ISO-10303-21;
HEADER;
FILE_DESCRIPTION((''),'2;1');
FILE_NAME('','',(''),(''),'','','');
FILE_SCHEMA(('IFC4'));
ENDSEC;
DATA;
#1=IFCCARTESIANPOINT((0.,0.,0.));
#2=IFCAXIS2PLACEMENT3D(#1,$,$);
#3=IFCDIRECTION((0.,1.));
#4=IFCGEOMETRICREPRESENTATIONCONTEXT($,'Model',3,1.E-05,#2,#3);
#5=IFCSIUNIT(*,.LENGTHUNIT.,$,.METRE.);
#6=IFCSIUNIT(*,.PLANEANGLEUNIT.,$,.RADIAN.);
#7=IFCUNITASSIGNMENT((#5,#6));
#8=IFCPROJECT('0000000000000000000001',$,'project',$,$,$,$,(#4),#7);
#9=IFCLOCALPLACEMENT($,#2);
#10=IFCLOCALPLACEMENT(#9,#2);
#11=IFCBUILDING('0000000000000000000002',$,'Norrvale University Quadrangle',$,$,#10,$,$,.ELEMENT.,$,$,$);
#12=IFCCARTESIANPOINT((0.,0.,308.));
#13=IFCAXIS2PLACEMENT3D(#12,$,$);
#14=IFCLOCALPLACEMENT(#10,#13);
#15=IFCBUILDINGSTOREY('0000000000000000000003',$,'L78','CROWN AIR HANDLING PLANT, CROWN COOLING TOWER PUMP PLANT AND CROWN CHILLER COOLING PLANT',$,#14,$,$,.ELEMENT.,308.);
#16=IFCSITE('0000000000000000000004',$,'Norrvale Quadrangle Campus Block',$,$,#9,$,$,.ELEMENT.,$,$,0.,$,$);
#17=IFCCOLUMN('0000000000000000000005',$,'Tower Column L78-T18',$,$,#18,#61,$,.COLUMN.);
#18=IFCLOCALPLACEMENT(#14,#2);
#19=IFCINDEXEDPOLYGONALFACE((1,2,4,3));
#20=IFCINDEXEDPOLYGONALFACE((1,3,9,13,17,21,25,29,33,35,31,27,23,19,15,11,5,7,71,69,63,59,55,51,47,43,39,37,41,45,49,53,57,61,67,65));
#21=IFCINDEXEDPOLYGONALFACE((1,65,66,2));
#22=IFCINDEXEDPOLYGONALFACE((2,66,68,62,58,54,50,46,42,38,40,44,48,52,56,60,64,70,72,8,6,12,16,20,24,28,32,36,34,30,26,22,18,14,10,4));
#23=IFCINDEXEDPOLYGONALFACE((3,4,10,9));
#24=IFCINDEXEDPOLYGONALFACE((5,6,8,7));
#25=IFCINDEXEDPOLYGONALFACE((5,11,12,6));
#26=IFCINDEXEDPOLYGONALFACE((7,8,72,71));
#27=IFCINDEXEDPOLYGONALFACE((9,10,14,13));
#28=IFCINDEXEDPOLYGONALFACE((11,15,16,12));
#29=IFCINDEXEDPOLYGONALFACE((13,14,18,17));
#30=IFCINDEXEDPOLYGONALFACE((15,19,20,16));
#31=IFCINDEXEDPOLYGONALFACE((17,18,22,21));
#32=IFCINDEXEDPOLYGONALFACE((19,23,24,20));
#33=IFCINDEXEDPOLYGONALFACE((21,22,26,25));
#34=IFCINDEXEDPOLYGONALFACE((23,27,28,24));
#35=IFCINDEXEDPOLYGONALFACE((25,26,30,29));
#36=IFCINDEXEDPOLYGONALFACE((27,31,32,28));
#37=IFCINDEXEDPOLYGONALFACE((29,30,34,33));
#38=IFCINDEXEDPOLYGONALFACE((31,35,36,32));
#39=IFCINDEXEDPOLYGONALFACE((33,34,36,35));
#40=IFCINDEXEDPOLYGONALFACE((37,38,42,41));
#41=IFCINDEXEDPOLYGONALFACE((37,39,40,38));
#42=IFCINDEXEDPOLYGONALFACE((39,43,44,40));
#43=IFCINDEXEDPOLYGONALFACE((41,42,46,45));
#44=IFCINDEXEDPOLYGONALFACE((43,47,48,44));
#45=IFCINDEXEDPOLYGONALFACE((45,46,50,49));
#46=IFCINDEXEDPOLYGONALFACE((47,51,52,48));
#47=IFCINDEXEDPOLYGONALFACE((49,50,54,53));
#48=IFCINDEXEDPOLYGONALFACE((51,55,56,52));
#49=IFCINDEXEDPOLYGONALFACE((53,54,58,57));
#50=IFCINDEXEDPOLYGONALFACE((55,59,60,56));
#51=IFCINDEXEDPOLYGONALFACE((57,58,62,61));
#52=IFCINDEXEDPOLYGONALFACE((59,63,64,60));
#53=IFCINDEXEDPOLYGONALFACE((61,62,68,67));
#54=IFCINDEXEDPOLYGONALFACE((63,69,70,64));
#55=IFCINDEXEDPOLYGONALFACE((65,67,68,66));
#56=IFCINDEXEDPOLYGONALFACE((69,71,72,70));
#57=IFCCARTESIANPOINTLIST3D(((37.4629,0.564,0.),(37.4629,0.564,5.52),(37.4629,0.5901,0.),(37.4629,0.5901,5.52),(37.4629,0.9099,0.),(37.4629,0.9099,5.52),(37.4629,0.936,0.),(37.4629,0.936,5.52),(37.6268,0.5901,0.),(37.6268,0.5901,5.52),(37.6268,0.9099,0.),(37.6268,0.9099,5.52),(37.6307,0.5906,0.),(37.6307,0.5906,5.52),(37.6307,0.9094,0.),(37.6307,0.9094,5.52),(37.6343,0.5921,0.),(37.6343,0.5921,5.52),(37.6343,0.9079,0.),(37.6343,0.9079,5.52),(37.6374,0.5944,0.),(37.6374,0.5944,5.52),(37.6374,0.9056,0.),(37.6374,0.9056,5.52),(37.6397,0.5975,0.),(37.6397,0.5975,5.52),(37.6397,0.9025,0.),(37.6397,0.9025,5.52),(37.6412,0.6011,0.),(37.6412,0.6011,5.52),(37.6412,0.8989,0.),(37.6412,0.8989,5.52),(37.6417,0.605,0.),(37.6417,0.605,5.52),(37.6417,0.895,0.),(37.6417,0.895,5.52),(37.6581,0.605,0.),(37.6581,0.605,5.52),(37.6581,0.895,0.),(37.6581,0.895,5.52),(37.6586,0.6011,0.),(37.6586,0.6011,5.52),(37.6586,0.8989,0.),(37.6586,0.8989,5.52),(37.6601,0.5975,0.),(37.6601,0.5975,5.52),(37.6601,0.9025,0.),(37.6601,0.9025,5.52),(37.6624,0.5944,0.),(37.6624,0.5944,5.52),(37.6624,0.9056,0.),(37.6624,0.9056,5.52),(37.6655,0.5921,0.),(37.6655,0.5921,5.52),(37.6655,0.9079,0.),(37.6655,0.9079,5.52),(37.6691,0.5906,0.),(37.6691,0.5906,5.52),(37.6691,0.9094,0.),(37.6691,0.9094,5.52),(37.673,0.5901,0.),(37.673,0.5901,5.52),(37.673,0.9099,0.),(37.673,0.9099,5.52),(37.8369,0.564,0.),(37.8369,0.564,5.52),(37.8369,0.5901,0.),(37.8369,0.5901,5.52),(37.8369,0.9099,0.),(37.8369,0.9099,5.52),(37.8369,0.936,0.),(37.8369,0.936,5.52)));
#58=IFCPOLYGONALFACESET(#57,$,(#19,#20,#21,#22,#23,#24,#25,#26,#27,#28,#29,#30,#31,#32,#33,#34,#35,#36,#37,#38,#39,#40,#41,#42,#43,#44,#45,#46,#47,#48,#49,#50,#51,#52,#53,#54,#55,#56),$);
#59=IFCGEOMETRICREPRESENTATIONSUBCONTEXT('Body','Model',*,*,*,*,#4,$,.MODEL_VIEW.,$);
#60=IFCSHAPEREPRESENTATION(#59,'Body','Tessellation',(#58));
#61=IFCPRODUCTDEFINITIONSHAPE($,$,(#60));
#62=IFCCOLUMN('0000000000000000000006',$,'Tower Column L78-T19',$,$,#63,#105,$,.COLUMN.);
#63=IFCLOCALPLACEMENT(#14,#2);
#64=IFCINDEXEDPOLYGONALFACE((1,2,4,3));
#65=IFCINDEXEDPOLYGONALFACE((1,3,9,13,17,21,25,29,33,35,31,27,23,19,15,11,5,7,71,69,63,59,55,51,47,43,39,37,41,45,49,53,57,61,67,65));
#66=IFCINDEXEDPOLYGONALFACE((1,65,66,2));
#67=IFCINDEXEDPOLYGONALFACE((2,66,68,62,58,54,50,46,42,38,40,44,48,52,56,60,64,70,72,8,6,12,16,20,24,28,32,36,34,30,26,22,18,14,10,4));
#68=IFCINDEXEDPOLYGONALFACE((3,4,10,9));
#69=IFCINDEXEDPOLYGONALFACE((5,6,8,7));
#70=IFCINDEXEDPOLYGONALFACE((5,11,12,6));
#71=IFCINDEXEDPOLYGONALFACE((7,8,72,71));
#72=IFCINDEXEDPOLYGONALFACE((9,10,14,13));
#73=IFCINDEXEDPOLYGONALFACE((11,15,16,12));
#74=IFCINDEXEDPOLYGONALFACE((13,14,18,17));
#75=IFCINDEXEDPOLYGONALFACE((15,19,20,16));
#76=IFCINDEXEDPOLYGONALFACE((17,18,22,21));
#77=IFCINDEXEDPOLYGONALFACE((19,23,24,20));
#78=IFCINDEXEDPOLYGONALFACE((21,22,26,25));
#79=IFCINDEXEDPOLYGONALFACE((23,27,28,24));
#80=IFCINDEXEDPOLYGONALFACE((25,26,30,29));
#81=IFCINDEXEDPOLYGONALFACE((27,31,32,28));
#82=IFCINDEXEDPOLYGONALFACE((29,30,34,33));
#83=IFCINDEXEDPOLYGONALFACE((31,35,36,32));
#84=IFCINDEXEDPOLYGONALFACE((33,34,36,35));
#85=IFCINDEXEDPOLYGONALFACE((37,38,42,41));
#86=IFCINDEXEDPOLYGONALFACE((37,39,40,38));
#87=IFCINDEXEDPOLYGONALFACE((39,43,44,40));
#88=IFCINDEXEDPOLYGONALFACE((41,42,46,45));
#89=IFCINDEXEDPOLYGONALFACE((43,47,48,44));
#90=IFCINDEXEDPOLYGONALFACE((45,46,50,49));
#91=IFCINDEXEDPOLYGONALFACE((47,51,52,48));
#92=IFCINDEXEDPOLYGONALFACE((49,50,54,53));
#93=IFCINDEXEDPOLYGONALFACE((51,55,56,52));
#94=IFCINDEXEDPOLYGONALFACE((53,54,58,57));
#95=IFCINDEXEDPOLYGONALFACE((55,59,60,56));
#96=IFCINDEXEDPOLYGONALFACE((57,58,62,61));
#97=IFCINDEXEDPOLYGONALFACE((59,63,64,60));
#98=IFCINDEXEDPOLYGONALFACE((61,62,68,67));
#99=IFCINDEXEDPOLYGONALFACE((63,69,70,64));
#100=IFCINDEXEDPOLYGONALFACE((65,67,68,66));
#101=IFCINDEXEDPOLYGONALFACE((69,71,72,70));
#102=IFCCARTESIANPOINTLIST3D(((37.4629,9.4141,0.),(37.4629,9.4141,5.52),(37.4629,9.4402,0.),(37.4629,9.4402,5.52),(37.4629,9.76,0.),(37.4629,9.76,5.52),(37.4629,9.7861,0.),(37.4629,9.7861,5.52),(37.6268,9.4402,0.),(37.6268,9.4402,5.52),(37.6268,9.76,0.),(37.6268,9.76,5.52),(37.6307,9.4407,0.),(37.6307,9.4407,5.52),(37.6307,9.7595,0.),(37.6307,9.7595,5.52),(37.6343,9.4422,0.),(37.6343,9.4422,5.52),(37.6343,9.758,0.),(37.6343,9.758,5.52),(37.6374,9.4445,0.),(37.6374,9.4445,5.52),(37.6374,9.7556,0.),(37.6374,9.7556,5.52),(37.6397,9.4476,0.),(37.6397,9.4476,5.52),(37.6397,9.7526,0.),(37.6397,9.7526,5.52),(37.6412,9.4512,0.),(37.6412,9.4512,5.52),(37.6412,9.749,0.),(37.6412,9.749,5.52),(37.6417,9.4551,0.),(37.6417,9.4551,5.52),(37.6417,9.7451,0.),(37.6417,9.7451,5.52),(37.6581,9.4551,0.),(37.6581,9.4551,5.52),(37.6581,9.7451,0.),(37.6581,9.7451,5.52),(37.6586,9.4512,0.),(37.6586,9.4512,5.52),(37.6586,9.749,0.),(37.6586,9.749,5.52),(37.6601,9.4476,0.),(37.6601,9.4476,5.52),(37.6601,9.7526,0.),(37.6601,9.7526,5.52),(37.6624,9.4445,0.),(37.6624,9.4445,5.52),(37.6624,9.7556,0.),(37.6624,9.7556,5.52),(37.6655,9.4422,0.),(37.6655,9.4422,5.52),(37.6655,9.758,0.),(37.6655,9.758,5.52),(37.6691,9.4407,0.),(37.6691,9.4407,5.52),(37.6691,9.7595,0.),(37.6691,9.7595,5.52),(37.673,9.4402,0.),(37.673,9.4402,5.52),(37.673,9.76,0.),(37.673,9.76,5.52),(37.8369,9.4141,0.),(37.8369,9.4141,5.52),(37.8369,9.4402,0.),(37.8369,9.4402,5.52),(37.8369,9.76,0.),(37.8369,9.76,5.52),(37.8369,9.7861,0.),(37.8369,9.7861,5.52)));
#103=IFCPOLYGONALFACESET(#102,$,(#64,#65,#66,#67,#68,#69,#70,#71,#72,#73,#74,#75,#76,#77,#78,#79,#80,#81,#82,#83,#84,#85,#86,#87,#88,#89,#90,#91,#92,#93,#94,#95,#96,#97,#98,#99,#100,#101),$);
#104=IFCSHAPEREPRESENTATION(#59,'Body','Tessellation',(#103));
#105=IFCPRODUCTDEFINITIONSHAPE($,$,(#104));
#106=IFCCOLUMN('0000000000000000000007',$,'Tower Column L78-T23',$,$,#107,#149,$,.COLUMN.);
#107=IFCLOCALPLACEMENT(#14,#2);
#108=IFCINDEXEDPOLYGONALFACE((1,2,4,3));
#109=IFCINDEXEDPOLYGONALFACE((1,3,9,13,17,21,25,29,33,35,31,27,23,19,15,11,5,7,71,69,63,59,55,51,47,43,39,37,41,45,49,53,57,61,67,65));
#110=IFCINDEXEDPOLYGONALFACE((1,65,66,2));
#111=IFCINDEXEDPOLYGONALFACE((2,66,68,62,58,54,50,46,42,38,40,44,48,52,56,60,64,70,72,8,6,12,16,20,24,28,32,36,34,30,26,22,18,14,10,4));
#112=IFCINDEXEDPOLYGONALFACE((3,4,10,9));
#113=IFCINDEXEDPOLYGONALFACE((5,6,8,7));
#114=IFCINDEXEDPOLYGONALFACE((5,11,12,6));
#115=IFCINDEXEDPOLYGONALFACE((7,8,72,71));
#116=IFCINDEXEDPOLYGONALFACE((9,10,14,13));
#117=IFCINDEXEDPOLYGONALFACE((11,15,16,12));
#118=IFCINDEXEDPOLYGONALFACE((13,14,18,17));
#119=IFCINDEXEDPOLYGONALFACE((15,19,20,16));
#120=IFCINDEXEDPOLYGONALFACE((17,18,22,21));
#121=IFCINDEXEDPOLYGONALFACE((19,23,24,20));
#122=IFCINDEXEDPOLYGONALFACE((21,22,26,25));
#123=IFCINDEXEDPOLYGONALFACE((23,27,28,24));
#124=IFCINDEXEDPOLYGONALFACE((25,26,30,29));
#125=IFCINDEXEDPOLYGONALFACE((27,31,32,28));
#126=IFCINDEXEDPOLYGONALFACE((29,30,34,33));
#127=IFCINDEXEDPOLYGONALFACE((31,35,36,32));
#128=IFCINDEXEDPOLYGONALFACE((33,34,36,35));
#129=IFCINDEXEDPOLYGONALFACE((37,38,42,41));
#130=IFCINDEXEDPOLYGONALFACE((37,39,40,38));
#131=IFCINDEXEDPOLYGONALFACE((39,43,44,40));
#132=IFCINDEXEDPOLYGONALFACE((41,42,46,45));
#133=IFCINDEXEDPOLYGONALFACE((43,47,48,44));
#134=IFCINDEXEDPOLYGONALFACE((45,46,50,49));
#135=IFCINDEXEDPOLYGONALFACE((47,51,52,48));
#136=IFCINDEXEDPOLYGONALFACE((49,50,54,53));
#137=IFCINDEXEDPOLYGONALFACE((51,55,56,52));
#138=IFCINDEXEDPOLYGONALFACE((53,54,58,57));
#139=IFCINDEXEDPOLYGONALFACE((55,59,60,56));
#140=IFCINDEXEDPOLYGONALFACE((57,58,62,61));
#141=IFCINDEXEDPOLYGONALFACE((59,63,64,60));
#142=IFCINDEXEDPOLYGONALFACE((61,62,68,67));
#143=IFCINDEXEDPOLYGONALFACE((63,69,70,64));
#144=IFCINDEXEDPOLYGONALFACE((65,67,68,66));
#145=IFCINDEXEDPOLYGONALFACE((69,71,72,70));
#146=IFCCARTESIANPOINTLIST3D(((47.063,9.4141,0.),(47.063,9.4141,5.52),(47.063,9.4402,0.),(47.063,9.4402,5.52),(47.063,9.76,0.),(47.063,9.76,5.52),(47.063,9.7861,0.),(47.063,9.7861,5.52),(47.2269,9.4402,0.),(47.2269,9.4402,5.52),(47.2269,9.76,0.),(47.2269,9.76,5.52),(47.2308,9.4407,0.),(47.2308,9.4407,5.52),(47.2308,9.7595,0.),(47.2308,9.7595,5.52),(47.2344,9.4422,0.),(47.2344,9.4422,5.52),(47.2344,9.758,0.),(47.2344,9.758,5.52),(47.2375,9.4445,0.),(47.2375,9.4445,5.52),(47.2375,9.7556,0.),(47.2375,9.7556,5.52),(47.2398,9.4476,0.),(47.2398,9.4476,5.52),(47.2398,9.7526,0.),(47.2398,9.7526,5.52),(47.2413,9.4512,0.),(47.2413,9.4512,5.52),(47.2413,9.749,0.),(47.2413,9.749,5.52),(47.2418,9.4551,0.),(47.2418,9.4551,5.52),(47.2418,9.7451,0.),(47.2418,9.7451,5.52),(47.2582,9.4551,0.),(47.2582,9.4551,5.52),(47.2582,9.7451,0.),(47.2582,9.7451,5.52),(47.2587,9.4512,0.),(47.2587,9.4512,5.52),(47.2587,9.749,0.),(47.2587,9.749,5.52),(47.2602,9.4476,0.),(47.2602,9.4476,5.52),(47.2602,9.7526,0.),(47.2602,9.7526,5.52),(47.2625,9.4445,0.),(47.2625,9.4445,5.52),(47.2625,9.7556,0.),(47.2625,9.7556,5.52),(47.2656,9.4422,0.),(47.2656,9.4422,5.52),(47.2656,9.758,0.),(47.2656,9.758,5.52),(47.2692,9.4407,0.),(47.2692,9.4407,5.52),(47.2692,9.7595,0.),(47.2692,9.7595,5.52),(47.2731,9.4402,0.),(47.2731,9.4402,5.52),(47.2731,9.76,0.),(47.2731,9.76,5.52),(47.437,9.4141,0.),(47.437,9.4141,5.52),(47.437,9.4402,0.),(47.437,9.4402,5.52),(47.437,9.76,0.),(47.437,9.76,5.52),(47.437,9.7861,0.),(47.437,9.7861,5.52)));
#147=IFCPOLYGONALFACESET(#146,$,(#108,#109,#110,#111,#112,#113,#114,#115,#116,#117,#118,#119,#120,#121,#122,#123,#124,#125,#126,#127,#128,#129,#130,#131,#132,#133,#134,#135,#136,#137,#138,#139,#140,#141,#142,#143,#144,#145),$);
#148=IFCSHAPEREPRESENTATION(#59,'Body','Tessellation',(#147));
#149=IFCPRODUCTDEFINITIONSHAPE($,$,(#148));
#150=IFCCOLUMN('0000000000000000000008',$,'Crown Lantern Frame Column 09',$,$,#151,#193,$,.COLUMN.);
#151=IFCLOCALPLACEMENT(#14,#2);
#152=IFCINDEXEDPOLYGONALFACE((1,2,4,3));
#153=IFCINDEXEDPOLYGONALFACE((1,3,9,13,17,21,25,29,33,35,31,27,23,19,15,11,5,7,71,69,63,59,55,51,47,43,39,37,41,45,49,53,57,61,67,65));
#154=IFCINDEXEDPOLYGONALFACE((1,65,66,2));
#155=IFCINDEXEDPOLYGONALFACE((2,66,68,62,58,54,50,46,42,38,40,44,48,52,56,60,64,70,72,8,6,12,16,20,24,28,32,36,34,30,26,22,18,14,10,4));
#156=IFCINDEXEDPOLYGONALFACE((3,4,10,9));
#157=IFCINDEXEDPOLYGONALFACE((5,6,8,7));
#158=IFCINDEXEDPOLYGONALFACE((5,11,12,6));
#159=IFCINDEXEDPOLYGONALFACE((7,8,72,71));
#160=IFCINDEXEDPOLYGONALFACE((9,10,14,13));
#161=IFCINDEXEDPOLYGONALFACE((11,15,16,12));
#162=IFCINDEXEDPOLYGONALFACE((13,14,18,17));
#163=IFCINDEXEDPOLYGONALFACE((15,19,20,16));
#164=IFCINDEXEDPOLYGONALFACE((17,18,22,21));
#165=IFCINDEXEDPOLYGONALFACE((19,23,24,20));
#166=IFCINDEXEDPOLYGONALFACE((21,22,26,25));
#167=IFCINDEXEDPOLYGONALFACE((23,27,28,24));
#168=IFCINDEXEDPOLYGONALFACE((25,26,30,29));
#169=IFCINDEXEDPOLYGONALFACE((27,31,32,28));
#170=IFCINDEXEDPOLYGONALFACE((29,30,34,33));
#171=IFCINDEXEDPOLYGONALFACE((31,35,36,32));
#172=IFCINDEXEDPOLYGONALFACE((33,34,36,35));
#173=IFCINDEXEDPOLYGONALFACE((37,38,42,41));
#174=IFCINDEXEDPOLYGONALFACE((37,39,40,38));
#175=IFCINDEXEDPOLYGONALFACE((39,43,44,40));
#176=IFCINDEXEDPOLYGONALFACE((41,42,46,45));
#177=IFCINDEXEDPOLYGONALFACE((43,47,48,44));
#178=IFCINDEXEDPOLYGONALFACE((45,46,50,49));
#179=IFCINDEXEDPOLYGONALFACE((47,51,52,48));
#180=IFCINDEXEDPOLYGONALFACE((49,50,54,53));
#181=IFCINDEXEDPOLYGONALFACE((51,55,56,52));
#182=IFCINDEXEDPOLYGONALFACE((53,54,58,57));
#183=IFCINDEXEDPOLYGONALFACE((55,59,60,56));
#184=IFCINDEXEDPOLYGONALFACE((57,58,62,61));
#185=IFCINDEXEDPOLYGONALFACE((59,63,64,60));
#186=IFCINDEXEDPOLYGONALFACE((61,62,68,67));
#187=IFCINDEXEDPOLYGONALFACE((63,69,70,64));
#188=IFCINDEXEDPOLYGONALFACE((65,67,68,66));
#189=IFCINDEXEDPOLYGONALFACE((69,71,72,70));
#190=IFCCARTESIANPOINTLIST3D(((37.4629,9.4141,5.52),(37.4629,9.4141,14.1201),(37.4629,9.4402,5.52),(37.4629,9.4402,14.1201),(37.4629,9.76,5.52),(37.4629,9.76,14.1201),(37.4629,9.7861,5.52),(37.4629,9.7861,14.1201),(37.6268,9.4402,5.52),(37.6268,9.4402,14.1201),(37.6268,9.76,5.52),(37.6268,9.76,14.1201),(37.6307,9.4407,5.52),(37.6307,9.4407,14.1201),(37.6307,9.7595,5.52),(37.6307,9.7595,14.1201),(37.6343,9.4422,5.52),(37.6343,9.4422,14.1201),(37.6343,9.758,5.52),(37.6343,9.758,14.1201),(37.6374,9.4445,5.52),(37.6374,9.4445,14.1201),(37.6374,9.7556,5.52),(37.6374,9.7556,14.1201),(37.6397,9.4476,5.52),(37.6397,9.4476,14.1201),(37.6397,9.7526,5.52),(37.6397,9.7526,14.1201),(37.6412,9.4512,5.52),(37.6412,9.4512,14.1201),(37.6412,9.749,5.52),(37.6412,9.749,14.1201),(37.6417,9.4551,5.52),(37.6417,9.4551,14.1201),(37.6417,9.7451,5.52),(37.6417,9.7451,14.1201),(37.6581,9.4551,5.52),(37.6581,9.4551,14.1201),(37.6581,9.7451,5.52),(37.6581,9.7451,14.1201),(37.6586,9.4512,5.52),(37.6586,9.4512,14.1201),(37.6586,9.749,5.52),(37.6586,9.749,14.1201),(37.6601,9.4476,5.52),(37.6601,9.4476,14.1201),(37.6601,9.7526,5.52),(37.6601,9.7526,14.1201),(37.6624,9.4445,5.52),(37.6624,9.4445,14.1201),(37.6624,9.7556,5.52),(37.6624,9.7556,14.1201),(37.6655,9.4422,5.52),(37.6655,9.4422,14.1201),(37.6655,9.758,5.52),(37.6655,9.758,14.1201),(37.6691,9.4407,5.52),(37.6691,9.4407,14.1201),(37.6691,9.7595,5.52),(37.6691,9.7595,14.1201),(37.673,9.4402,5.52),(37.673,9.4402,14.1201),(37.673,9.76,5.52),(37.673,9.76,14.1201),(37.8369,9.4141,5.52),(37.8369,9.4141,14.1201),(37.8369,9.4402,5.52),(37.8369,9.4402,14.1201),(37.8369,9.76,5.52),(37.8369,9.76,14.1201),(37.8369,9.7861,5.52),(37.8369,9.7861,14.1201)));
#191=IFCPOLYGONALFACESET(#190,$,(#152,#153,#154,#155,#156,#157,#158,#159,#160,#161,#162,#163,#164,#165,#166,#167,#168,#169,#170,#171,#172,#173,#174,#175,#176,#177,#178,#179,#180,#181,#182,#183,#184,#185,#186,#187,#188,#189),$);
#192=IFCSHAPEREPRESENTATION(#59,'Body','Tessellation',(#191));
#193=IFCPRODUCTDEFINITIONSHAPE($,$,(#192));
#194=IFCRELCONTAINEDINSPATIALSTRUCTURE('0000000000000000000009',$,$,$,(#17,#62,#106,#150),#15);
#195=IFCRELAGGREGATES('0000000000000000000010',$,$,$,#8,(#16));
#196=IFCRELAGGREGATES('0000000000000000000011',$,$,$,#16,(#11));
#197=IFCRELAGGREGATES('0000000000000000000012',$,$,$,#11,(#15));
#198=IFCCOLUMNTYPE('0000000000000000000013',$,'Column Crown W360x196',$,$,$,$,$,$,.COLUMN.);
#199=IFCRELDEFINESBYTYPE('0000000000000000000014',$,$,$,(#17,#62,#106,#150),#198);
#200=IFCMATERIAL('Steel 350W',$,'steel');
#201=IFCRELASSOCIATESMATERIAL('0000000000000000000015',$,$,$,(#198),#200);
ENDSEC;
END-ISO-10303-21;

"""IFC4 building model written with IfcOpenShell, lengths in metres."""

from ifc_helpers import new_model, si_unit, direction, frame, origin, origin_2d, place, context, subcontext, project, spatial, i_section, extrude, material, material_profile, profile_set, type_object, element, save


model = new_model("IFC4")

# Units and contexts
model_context = context("Model", 3, precision=1e-05, world=origin(), true_north=direction((0.0, 1.0)))
body_context = subcontext(model_context, "Body", "Model", "MODEL_VIEW")
ifc_project = project(units=[si_unit("LENGTHUNIT", "METRE"), si_unit("PLANEANGLEUNIT", "RADIAN")], contexts=[model_context])

# Site, building, storey
site_placement = place(None, origin())
site = spatial("IfcSite", under=ifc_project, at=site_placement, Name="Norrvale Quadrangle Campus Block", CompositionType="ELEMENT", RefElevation=0.0)
building_placement = place(site_placement, origin())
building = spatial("IfcBuilding", under=site, at=building_placement, Name="Norrvale University Quadrangle", CompositionType="ELEMENT")
storey_placement = place(building_placement, frame((0.0, 0.0, 308.0)))
storey = spatial("IfcBuildingStorey", under=building, at=storey_placement, Name="L78", Description="CROWN AIR HANDLING PLANT, CROWN COOLING TOWER PUMP PLANT AND CROWN CHILLER COOLING PLANT", CompositionType="ELEMENT", Elevation=308.0)

# Columns
ifc_material_1 = material(Name="Steel 350W", Category="steel")
ifc_material_profile_1 = material_profile(ifc_material_1, i_section(OverallWidth=0.374, OverallDepth=0.3721, WebThickness=0.0164, FlangeThickness=0.0261, FilletRadius=0.0149, at=origin_2d()), Name="Steel 350W")
ifc_profile_set_1 = profile_set([ifc_material_profile_1], Name="Steel 350W")
column_type = type_object("IfcColumnType", Name="Column Crown W360x196", PredefinedType="COLUMN", material=ifc_profile_set_1)
for number, where, z_axis, x_axis, name in (
    (1, (37.6499, 0.75, 0.0), (0.0, 0.0, 1.0), (1.0, 0.0, 0.0), "Tower Column L78-T18"),
    (2, (37.6499, 9.6001, 0.0), (0.0, 0.0, 1.0), (1.0, 0.0, 0.0), "Tower Column L78-T19"),
    (3, (47.25, 9.6001, 0.0), (0.0, 0.0, 1.0), (1.0, 0.0, 0.0), "Tower Column L78-T23"),
):
    element("IfcColumn", number, at=place(storey_placement, frame(where, z_axis=z_axis, x_axis=x_axis)), inside=storey, type_object=column_type, Name=name, PredefinedType="COLUMN", context=body_context, shape_type="SweptSolid", body=[
        extrude(i_section(OverallWidth=0.374, OverallDepth=0.3721, WebThickness=0.0164, FlangeThickness=0.0261, FilletRadius=0.0149, at=origin_2d()), origin(), (0.0, 0.0, 1.0), 5.52),
    ])
column_placement = place(storey_placement, frame((37.6499, 9.6001, 5.52), z_axis=(0.0, 0.0, 1.0), x_axis=(1.0, 0.0, 0.0)))
element("IfcColumn", 4, at=column_placement, inside=storey, type_object=column_type, Name="Crown Lantern Frame Column 09", PredefinedType="COLUMN", context=body_context, shape_type="SweptSolid", body=[
    extrude(i_section(OverallWidth=0.374, OverallDepth=0.3721, WebThickness=0.0164, FlangeThickness=0.0261, FilletRadius=0.0149, at=origin_2d()), origin(), (0.0, 0.0, 1.0), 8.6001),
])

save(model, "model.ifc")
